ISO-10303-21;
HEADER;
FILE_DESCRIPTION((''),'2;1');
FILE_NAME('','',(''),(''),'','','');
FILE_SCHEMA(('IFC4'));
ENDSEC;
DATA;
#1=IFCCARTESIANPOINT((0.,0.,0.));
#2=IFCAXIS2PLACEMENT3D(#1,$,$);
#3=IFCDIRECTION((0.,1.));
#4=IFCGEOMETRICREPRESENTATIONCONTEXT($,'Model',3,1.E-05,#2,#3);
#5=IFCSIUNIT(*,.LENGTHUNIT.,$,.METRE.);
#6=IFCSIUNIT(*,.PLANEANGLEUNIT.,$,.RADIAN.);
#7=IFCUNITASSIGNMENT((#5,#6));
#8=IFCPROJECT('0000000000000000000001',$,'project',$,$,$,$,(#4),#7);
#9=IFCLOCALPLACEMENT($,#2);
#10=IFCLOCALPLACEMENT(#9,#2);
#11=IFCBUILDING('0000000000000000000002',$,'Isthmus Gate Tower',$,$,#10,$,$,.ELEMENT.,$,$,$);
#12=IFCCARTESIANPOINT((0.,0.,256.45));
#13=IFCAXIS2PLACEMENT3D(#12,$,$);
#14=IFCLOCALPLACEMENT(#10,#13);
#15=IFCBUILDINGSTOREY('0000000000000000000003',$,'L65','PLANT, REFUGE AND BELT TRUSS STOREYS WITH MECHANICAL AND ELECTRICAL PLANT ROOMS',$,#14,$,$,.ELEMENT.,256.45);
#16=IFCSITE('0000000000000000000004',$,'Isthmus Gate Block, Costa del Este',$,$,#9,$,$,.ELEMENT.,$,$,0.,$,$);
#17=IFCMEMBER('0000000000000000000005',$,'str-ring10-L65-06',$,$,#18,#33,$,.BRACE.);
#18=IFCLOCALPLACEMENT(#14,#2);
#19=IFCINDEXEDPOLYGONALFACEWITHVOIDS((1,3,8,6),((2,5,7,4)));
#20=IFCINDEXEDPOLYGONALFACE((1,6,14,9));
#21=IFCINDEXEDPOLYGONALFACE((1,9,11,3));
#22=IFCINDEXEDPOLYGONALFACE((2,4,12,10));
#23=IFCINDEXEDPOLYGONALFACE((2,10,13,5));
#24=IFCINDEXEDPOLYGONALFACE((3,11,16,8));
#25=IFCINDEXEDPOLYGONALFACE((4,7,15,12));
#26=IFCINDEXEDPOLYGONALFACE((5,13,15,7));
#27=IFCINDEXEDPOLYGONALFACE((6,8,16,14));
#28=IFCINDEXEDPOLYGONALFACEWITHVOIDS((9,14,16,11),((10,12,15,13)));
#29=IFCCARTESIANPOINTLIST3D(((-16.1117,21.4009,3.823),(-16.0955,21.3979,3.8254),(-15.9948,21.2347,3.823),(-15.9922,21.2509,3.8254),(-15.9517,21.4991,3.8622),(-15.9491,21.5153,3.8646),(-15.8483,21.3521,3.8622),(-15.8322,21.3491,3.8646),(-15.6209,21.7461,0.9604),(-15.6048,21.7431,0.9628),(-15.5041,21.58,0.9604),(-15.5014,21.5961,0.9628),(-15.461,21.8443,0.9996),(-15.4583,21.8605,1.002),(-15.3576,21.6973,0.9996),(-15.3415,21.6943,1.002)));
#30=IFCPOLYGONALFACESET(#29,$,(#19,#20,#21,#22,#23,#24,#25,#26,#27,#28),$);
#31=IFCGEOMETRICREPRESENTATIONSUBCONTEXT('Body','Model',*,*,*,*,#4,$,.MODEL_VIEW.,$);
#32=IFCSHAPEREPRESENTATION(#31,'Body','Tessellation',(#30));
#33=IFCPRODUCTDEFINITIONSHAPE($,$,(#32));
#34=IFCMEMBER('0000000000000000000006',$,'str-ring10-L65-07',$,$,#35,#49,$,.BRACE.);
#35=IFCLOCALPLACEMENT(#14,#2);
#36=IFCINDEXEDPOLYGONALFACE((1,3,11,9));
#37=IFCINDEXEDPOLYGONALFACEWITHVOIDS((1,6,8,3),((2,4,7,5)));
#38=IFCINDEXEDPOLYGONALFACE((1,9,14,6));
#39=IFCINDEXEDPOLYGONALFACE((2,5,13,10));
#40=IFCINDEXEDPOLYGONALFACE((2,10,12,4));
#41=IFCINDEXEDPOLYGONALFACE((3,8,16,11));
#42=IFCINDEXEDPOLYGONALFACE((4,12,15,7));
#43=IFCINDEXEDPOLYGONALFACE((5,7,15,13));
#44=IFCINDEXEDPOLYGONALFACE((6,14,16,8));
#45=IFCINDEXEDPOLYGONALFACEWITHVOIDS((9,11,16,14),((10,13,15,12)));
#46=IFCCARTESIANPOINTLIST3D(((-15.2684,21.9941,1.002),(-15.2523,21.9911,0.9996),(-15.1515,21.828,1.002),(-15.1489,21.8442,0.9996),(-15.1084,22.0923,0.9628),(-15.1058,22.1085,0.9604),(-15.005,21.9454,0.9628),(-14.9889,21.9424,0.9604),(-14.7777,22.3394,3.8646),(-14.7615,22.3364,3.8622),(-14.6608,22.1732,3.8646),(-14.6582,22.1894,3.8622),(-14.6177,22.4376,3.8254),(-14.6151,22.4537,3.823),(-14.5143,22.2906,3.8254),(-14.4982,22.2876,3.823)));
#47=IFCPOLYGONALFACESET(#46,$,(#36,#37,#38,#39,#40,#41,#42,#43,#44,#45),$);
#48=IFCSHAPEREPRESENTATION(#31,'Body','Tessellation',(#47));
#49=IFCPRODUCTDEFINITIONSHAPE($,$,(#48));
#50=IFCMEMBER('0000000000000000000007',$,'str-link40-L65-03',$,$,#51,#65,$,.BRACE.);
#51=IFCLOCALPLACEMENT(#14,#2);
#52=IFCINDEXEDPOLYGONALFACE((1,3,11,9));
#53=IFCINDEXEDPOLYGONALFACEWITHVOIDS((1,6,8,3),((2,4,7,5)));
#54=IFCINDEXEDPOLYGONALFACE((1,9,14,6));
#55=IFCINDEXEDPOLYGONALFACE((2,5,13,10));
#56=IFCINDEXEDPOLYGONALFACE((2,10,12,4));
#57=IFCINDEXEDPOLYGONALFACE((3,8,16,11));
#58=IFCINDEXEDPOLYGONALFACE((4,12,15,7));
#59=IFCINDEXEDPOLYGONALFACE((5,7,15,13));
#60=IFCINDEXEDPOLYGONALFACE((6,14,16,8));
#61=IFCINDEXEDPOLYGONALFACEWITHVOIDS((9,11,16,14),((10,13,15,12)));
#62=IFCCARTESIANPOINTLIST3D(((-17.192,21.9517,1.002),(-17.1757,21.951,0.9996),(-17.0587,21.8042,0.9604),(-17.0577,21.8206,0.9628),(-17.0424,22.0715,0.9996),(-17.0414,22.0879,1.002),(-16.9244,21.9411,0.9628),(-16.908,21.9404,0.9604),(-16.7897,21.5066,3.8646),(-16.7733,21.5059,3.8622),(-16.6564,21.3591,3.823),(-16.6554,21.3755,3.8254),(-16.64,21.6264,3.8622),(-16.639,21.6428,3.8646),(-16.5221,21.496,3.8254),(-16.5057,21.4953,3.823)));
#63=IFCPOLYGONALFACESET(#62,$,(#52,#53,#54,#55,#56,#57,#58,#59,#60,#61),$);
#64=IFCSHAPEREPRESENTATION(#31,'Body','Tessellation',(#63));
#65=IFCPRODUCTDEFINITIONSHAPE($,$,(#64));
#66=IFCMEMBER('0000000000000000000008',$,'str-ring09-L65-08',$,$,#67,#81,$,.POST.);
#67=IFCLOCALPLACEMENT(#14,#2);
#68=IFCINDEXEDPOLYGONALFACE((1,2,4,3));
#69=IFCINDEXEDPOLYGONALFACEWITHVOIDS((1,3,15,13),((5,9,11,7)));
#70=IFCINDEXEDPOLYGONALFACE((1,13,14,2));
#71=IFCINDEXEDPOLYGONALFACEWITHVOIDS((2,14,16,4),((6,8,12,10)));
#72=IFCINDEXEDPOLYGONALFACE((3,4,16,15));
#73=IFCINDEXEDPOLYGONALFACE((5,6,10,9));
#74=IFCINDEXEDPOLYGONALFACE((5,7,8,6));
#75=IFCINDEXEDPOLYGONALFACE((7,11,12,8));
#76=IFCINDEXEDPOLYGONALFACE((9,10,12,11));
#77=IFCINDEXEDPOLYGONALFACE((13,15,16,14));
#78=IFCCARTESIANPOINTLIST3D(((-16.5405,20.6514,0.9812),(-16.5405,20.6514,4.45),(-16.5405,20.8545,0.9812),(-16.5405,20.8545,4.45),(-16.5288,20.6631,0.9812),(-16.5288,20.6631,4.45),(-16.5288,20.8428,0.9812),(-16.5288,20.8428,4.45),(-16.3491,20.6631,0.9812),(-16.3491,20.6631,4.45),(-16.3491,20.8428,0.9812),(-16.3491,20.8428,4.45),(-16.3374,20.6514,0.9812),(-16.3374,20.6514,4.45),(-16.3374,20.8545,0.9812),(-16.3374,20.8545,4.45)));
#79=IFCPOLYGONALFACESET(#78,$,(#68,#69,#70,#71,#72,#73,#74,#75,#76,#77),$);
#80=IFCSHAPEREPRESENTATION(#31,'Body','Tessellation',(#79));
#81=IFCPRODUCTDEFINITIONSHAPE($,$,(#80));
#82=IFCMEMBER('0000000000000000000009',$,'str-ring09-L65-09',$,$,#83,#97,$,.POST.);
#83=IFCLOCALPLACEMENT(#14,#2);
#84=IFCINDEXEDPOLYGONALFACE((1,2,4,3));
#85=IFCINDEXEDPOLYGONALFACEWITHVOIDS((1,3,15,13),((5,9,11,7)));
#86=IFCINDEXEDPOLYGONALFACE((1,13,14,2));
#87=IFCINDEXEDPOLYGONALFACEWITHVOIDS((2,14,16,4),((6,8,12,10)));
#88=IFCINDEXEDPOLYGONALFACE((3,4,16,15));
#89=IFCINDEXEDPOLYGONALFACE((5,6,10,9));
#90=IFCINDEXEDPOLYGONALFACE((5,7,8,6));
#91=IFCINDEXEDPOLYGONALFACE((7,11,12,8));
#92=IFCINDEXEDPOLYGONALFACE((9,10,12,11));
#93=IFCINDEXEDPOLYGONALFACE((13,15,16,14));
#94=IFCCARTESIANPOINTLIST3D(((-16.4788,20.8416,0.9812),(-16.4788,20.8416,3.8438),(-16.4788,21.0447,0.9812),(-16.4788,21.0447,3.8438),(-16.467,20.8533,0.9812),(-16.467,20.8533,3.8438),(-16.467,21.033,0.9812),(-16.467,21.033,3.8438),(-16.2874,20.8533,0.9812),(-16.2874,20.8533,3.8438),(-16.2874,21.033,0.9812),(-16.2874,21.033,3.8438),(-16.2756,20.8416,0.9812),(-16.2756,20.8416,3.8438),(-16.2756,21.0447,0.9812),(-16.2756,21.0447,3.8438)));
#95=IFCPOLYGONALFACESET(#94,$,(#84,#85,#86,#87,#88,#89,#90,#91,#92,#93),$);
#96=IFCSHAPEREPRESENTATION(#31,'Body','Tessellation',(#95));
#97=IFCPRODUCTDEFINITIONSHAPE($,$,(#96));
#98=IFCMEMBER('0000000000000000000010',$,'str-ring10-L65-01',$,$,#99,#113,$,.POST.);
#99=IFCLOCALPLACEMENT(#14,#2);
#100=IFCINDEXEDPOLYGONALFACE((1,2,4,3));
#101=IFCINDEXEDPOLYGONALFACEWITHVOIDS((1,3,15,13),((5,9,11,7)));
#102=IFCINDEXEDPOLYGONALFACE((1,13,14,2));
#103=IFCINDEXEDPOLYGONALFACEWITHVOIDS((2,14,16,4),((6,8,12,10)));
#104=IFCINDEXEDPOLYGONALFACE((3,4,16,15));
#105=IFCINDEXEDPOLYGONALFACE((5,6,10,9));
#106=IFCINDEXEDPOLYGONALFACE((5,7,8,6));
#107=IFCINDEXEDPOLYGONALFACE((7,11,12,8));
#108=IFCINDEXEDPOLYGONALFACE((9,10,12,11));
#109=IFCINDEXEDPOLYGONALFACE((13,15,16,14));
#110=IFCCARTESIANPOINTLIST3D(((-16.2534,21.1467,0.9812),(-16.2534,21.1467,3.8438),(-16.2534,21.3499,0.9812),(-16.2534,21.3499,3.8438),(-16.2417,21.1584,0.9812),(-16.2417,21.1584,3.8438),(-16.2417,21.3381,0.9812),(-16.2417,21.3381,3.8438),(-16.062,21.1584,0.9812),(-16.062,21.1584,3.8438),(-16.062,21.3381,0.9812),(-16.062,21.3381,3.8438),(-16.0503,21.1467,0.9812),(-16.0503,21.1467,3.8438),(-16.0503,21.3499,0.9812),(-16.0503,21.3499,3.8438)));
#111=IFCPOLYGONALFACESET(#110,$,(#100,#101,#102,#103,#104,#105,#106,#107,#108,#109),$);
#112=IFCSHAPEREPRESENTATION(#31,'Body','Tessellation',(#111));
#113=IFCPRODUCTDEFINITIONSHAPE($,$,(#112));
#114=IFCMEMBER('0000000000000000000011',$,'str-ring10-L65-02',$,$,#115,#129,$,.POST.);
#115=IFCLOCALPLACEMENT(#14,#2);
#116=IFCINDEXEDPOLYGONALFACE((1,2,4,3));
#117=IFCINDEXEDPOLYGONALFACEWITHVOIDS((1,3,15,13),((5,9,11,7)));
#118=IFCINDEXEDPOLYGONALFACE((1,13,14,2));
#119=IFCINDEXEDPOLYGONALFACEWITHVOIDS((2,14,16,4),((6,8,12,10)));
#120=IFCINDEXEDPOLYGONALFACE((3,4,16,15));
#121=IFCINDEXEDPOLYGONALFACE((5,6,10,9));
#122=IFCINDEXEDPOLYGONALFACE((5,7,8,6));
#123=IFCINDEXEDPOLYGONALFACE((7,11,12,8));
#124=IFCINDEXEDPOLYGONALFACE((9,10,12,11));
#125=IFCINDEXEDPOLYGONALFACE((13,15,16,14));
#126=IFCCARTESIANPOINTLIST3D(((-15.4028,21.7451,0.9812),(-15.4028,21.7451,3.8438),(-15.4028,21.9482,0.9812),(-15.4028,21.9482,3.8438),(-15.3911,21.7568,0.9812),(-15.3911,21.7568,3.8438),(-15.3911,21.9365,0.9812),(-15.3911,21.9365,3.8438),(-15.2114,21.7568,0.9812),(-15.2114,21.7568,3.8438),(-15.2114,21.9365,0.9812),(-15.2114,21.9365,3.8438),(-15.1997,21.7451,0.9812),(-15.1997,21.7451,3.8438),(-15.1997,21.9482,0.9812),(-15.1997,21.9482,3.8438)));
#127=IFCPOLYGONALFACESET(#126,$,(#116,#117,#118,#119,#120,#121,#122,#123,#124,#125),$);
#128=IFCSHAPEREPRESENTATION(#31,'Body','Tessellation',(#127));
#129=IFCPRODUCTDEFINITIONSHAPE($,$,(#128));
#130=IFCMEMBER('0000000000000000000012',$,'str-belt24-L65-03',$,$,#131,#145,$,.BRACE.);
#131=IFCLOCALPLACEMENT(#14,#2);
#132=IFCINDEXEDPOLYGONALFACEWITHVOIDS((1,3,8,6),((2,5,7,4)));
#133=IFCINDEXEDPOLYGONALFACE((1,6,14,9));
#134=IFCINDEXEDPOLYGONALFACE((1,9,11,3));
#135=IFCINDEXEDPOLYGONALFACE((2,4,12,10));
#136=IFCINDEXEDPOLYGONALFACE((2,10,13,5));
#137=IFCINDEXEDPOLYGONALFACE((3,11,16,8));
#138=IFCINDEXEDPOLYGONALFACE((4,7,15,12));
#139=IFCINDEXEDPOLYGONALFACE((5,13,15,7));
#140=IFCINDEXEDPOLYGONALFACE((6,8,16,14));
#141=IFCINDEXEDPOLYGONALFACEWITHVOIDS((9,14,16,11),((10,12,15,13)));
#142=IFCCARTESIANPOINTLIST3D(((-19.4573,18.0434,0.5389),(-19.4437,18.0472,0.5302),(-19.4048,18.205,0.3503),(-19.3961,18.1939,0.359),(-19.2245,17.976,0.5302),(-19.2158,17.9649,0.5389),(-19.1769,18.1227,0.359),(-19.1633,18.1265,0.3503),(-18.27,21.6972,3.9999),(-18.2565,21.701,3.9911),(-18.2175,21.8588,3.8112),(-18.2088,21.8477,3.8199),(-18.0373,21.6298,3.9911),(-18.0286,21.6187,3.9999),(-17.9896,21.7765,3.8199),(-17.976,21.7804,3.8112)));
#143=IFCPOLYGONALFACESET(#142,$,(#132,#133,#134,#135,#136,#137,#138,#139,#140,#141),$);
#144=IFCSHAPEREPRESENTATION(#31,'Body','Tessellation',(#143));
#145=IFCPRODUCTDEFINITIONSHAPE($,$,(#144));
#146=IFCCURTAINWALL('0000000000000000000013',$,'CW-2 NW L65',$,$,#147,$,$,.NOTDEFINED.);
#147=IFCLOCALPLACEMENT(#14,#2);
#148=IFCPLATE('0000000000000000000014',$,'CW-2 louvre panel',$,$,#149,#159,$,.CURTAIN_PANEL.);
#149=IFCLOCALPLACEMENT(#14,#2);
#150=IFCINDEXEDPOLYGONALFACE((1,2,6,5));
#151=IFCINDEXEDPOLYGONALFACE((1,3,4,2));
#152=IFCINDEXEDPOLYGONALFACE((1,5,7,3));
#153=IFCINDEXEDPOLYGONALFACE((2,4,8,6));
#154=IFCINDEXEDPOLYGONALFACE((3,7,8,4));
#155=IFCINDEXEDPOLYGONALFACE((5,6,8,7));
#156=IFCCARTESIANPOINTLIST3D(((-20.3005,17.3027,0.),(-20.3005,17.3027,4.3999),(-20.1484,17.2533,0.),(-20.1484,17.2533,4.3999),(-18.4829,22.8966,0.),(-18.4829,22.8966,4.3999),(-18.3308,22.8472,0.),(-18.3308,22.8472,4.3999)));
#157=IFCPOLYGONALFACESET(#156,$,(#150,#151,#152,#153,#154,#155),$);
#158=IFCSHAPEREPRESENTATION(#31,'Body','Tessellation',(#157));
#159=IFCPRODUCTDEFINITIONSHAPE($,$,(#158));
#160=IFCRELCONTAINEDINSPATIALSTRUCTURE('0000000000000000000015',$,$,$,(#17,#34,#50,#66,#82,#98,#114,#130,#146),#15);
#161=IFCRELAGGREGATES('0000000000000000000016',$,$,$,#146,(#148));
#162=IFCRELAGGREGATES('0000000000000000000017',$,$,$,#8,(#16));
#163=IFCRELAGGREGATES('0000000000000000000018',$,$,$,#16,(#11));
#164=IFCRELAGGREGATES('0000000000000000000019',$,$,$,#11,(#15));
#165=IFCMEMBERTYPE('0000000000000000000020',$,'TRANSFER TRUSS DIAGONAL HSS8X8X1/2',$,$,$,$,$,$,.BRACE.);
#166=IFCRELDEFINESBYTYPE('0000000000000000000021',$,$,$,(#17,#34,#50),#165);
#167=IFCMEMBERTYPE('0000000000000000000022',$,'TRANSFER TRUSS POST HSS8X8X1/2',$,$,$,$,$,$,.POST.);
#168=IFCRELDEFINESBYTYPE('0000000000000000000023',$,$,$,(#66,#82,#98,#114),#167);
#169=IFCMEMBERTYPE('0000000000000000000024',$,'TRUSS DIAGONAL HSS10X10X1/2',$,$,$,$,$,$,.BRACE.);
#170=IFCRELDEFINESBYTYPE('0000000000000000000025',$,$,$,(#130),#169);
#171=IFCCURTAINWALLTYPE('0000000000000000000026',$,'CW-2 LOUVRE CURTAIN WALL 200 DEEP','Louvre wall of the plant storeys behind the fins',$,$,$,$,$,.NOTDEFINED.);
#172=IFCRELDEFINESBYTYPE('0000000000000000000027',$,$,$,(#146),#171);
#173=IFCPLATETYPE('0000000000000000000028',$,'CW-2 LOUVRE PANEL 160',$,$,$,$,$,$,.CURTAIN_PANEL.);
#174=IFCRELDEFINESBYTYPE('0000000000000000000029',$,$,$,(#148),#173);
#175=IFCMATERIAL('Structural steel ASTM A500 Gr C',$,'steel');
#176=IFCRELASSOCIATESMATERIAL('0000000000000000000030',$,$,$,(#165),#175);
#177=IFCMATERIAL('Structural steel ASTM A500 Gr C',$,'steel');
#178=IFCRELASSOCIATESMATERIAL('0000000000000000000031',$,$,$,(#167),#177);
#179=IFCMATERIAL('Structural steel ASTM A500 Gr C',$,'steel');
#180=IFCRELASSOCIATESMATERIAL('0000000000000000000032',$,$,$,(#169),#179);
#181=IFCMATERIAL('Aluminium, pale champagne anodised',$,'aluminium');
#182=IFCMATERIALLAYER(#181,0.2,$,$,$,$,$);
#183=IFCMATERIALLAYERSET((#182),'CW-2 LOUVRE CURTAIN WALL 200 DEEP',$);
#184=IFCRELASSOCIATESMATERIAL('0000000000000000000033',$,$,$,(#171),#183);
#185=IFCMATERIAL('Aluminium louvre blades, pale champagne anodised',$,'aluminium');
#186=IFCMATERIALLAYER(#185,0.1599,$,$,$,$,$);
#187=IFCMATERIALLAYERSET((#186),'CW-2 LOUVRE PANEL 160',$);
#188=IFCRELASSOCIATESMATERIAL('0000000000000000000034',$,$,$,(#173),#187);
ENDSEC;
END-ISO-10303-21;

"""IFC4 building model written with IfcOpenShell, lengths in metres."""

from ifc_helpers import new_model, si_unit, direction, frame, origin, origin_2d, place, context, subcontext, project, spatial, rectangle, hollow_rectangle, extrude, material, layer, layer_set, material_profile, profile_set, type_object, element, aggregate, save


model = new_model("IFC4")

# Units and contexts
model_context = context("Model", 3, precision=1e-05, world=origin(), true_north=direction((0.0, 1.0)))
body_context = subcontext(model_context, "Body", "Model", "MODEL_VIEW")
ifc_project = project(units=[si_unit("LENGTHUNIT", "METRE"), si_unit("PLANEANGLEUNIT", "RADIAN")], contexts=[model_context])

# Site, building, storey
site_placement = place(None, origin())
site = spatial("IfcSite", under=ifc_project, at=site_placement, Name="Isthmus Gate Block, Costa del Este", CompositionType="ELEMENT", RefElevation=0.0)
building_placement = place(site_placement, origin())
building = spatial("IfcBuilding", under=site, at=building_placement, Name="Isthmus Gate Tower", CompositionType="ELEMENT")
storey_placement = place(building_placement, frame((0.0, 0.0, 256.45)))
storey = spatial("IfcBuildingStorey", under=building, at=storey_placement, Name="L65", Description="PLANT, REFUGE AND BELT TRUSS STOREYS WITH MECHANICAL AND ELECTRICAL PLANT ROOMS", CompositionType="ELEMENT", Elevation=256.45)

# Members
ifc_material_1 = material(Name="Structural steel ASTM A500 Gr C", Category="steel")
ifc_material_profile_1 = material_profile(ifc_material_1, hollow_rectangle(XDim=0.2031, YDim=0.2031, WallThickness=0.0117, at=origin_2d()), Name="HSS8X8X1/2")
ifc_profile_set_1 = profile_set([ifc_material_profile_1], Name="Structural steel ASTM A500 Gr C")
member_type_1 = type_object("IfcMemberType", Name="TRANSFER TRUSS DIAGONAL HSS8X8X1/2", PredefinedType="BRACE", material=ifc_profile_set_1)
for number, where, z_axis, x_axis, name in (
    (1, (-15.4812, 21.7202, 0.9812), (-0.167783, -0.118032, 0.978733), (0.575372, -0.817892, 0.0), "str-ring10-L65-06"),
    (2, (-15.1287, 21.9683, 0.9812), (0.167783, 0.118032, 0.978733), (-0.575372, 0.817892, 0.0), "str-ring10-L65-07"),
    (3, (-17.05, 21.946, 0.9812), (0.137565, -0.152173, 0.978733), (0.741815, 0.670604, 0.0), "str-link40-L65-03"),
):
    element("IfcMember", number, at=place(storey_placement, frame(where, z_axis=z_axis, x_axis=x_axis)), inside=storey, type_object=member_type_1, Name=name, PredefinedType="BRACE", context=body_context, shape_type="SweptSolid", body=[
        extrude(hollow_rectangle(XDim=0.2031, YDim=0.2031, WallThickness=0.0117, at=origin_2d()), origin(), (0.0, 0.0, 1.0), 2.9248),
    ])
ifc_material_2 = material(Name="Structural steel ASTM A500 Gr C", Category="steel")
ifc_material_profile_2 = material_profile(ifc_material_2, hollow_rectangle(XDim=0.2031, YDim=0.2031, WallThickness=0.0117, at=origin_2d()), Name="HSS8X8X1/2")
ifc_profile_set_2 = profile_set([ifc_material_profile_2], Name="Structural steel ASTM A500 Gr C")
member_type_2 = type_object("IfcMemberType", Name="TRANSFER TRUSS POST HSS8X8X1/2", PredefinedType="POST", material=ifc_profile_set_2)
member_1_placement = place(storey_placement, frame((-16.439, 20.7529, 0.9812), z_axis=(0.0, 0.0, 1.0), x_axis=(1.0, 0.0, 0.0)))
element("IfcMember", 4, at=member_1_placement, inside=storey, type_object=member_type_2, Name="str-ring09-L65-08", PredefinedType="POST", context=body_context, shape_type="SweptSolid", body=[
    extrude(hollow_rectangle(XDim=0.2031, YDim=0.2031, WallThickness=0.0117, at=origin_2d()), origin(), (0.0, 0.0, 1.0), 3.4688),
])
for number, where, z_axis, x_axis, name in (
    (5, (-16.3772, 20.9431, 0.9812), (0.0, 0.0, 1.0), (1.0, 0.0, 0.0), "str-ring09-L65-09"),
    (6, (-16.1519, 21.2483, 0.9812), (0.0, 0.0, 1.0), (1.0, 0.0, 0.0), "str-ring10-L65-01"),
    (7, (-15.3013, 21.8467, 0.9812), (0.0, 0.0, 1.0), (1.0, 0.0, 0.0), "str-ring10-L65-02"),
):
    element("IfcMember", number, at=place(storey_placement, frame(where, z_axis=z_axis, x_axis=x_axis)), inside=storey, type_object=member_type_2, Name=name, PredefinedType="POST", context=body_context, shape_type="SweptSolid", body=[
        extrude(hollow_rectangle(XDim=0.2031, YDim=0.2031, WallThickness=0.0117, at=origin_2d()), origin(), (0.0, 0.0, 1.0), 2.8625),
    ])
ifc_material_3 = material(Name="Structural steel ASTM A500 Gr C", Category="steel")
ifc_material_profile_3 = material_profile(ifc_material_3, hollow_rectangle(XDim=0.2539, YDim=0.2539, WallThickness=0.0117, at=origin_2d()), Name="HSS10X10X1/2")
ifc_profile_set_3 = profile_set([ifc_material_profile_3], Name="Structural steel ASTM A500 Gr C")
member_type_3 = type_object("IfcMemberType", Name="TRUSS DIAGONAL HSS10X10X1/2", PredefinedType="BRACE", material=ifc_profile_set_3)
member_2_placement = place(storey_placement, frame((-19.3103, 18.085, 0.4446), z_axis=(0.229604, 0.706613, 0.669313), x_axis=(-0.951052, 0.309031, 0.0)))
element("IfcMember", 8, at=member_2_placement, inside=storey, type_object=member_type_3, Name="str-belt24-L65-03", PredefinedType="BRACE", context=body_context, shape_type="SweptSolid", body=[
    extrude(hollow_rectangle(XDim=0.2539, YDim=0.2539, WallThickness=0.0117, at=origin_2d()), origin(), (0.0, 0.0, 1.0), 5.1709),
])

# Curtain wall, plate
ifc_material_4 = material(Name="Aluminium, pale champagne anodised", Category="aluminium")
ifc_layer_1 = layer(ifc_material_4, 0.2)
ifc_layer_set_1 = layer_set([ifc_layer_1], Name="CW-2 LOUVRE CURTAIN WALL 200 DEEP")
curtain_wall_type = type_object("IfcCurtainWallType", Name="CW-2 LOUVRE CURTAIN WALL 200 DEEP", Description="Louvre wall of the plant storeys behind the fins", PredefinedType="NOTDEFINED", material=ifc_layer_set_1)
curtain_wall_placement = place(storey_placement, origin())
curtain_wall = element("IfcCurtainWall", 9, at=curtain_wall_placement, inside=storey, type_object=curtain_wall_type, Name="CW-2 NW L65", PredefinedType="NOTDEFINED")
ifc_material_5 = material(Name="Aluminium louvre blades, pale champagne anodised", Category="aluminium")
ifc_layer_2 = layer(ifc_material_5, 0.1599)
ifc_layer_set_2 = layer_set([ifc_layer_2], Name="CW-2 LOUVRE PANEL 160")
plate_type = type_object("IfcPlateType", Name="CW-2 LOUVRE PANEL 160", PredefinedType="CURTAIN_PANEL", material=ifc_layer_set_2)
plate_placement = place(storey_placement, frame((-19.3157, 20.075, 0.0), z_axis=(0.0, 0.0, 1.0), x_axis=(-0.309017, -0.951057, 0.0)))
plate = element("IfcPlate", 10, at=plate_placement, type_object=plate_type, Name="CW-2 louvre panel", PredefinedType="CURTAIN_PANEL", context=body_context, shape_type="SweptSolid", body=[
    extrude(rectangle(XDim=5.8818, YDim=0.1599, at=origin_2d()), origin(), (0.0, 0.0, 1.0), 4.3999),
])
aggregate(curtain_wall, [plate])

save(model, "model.ifc")
